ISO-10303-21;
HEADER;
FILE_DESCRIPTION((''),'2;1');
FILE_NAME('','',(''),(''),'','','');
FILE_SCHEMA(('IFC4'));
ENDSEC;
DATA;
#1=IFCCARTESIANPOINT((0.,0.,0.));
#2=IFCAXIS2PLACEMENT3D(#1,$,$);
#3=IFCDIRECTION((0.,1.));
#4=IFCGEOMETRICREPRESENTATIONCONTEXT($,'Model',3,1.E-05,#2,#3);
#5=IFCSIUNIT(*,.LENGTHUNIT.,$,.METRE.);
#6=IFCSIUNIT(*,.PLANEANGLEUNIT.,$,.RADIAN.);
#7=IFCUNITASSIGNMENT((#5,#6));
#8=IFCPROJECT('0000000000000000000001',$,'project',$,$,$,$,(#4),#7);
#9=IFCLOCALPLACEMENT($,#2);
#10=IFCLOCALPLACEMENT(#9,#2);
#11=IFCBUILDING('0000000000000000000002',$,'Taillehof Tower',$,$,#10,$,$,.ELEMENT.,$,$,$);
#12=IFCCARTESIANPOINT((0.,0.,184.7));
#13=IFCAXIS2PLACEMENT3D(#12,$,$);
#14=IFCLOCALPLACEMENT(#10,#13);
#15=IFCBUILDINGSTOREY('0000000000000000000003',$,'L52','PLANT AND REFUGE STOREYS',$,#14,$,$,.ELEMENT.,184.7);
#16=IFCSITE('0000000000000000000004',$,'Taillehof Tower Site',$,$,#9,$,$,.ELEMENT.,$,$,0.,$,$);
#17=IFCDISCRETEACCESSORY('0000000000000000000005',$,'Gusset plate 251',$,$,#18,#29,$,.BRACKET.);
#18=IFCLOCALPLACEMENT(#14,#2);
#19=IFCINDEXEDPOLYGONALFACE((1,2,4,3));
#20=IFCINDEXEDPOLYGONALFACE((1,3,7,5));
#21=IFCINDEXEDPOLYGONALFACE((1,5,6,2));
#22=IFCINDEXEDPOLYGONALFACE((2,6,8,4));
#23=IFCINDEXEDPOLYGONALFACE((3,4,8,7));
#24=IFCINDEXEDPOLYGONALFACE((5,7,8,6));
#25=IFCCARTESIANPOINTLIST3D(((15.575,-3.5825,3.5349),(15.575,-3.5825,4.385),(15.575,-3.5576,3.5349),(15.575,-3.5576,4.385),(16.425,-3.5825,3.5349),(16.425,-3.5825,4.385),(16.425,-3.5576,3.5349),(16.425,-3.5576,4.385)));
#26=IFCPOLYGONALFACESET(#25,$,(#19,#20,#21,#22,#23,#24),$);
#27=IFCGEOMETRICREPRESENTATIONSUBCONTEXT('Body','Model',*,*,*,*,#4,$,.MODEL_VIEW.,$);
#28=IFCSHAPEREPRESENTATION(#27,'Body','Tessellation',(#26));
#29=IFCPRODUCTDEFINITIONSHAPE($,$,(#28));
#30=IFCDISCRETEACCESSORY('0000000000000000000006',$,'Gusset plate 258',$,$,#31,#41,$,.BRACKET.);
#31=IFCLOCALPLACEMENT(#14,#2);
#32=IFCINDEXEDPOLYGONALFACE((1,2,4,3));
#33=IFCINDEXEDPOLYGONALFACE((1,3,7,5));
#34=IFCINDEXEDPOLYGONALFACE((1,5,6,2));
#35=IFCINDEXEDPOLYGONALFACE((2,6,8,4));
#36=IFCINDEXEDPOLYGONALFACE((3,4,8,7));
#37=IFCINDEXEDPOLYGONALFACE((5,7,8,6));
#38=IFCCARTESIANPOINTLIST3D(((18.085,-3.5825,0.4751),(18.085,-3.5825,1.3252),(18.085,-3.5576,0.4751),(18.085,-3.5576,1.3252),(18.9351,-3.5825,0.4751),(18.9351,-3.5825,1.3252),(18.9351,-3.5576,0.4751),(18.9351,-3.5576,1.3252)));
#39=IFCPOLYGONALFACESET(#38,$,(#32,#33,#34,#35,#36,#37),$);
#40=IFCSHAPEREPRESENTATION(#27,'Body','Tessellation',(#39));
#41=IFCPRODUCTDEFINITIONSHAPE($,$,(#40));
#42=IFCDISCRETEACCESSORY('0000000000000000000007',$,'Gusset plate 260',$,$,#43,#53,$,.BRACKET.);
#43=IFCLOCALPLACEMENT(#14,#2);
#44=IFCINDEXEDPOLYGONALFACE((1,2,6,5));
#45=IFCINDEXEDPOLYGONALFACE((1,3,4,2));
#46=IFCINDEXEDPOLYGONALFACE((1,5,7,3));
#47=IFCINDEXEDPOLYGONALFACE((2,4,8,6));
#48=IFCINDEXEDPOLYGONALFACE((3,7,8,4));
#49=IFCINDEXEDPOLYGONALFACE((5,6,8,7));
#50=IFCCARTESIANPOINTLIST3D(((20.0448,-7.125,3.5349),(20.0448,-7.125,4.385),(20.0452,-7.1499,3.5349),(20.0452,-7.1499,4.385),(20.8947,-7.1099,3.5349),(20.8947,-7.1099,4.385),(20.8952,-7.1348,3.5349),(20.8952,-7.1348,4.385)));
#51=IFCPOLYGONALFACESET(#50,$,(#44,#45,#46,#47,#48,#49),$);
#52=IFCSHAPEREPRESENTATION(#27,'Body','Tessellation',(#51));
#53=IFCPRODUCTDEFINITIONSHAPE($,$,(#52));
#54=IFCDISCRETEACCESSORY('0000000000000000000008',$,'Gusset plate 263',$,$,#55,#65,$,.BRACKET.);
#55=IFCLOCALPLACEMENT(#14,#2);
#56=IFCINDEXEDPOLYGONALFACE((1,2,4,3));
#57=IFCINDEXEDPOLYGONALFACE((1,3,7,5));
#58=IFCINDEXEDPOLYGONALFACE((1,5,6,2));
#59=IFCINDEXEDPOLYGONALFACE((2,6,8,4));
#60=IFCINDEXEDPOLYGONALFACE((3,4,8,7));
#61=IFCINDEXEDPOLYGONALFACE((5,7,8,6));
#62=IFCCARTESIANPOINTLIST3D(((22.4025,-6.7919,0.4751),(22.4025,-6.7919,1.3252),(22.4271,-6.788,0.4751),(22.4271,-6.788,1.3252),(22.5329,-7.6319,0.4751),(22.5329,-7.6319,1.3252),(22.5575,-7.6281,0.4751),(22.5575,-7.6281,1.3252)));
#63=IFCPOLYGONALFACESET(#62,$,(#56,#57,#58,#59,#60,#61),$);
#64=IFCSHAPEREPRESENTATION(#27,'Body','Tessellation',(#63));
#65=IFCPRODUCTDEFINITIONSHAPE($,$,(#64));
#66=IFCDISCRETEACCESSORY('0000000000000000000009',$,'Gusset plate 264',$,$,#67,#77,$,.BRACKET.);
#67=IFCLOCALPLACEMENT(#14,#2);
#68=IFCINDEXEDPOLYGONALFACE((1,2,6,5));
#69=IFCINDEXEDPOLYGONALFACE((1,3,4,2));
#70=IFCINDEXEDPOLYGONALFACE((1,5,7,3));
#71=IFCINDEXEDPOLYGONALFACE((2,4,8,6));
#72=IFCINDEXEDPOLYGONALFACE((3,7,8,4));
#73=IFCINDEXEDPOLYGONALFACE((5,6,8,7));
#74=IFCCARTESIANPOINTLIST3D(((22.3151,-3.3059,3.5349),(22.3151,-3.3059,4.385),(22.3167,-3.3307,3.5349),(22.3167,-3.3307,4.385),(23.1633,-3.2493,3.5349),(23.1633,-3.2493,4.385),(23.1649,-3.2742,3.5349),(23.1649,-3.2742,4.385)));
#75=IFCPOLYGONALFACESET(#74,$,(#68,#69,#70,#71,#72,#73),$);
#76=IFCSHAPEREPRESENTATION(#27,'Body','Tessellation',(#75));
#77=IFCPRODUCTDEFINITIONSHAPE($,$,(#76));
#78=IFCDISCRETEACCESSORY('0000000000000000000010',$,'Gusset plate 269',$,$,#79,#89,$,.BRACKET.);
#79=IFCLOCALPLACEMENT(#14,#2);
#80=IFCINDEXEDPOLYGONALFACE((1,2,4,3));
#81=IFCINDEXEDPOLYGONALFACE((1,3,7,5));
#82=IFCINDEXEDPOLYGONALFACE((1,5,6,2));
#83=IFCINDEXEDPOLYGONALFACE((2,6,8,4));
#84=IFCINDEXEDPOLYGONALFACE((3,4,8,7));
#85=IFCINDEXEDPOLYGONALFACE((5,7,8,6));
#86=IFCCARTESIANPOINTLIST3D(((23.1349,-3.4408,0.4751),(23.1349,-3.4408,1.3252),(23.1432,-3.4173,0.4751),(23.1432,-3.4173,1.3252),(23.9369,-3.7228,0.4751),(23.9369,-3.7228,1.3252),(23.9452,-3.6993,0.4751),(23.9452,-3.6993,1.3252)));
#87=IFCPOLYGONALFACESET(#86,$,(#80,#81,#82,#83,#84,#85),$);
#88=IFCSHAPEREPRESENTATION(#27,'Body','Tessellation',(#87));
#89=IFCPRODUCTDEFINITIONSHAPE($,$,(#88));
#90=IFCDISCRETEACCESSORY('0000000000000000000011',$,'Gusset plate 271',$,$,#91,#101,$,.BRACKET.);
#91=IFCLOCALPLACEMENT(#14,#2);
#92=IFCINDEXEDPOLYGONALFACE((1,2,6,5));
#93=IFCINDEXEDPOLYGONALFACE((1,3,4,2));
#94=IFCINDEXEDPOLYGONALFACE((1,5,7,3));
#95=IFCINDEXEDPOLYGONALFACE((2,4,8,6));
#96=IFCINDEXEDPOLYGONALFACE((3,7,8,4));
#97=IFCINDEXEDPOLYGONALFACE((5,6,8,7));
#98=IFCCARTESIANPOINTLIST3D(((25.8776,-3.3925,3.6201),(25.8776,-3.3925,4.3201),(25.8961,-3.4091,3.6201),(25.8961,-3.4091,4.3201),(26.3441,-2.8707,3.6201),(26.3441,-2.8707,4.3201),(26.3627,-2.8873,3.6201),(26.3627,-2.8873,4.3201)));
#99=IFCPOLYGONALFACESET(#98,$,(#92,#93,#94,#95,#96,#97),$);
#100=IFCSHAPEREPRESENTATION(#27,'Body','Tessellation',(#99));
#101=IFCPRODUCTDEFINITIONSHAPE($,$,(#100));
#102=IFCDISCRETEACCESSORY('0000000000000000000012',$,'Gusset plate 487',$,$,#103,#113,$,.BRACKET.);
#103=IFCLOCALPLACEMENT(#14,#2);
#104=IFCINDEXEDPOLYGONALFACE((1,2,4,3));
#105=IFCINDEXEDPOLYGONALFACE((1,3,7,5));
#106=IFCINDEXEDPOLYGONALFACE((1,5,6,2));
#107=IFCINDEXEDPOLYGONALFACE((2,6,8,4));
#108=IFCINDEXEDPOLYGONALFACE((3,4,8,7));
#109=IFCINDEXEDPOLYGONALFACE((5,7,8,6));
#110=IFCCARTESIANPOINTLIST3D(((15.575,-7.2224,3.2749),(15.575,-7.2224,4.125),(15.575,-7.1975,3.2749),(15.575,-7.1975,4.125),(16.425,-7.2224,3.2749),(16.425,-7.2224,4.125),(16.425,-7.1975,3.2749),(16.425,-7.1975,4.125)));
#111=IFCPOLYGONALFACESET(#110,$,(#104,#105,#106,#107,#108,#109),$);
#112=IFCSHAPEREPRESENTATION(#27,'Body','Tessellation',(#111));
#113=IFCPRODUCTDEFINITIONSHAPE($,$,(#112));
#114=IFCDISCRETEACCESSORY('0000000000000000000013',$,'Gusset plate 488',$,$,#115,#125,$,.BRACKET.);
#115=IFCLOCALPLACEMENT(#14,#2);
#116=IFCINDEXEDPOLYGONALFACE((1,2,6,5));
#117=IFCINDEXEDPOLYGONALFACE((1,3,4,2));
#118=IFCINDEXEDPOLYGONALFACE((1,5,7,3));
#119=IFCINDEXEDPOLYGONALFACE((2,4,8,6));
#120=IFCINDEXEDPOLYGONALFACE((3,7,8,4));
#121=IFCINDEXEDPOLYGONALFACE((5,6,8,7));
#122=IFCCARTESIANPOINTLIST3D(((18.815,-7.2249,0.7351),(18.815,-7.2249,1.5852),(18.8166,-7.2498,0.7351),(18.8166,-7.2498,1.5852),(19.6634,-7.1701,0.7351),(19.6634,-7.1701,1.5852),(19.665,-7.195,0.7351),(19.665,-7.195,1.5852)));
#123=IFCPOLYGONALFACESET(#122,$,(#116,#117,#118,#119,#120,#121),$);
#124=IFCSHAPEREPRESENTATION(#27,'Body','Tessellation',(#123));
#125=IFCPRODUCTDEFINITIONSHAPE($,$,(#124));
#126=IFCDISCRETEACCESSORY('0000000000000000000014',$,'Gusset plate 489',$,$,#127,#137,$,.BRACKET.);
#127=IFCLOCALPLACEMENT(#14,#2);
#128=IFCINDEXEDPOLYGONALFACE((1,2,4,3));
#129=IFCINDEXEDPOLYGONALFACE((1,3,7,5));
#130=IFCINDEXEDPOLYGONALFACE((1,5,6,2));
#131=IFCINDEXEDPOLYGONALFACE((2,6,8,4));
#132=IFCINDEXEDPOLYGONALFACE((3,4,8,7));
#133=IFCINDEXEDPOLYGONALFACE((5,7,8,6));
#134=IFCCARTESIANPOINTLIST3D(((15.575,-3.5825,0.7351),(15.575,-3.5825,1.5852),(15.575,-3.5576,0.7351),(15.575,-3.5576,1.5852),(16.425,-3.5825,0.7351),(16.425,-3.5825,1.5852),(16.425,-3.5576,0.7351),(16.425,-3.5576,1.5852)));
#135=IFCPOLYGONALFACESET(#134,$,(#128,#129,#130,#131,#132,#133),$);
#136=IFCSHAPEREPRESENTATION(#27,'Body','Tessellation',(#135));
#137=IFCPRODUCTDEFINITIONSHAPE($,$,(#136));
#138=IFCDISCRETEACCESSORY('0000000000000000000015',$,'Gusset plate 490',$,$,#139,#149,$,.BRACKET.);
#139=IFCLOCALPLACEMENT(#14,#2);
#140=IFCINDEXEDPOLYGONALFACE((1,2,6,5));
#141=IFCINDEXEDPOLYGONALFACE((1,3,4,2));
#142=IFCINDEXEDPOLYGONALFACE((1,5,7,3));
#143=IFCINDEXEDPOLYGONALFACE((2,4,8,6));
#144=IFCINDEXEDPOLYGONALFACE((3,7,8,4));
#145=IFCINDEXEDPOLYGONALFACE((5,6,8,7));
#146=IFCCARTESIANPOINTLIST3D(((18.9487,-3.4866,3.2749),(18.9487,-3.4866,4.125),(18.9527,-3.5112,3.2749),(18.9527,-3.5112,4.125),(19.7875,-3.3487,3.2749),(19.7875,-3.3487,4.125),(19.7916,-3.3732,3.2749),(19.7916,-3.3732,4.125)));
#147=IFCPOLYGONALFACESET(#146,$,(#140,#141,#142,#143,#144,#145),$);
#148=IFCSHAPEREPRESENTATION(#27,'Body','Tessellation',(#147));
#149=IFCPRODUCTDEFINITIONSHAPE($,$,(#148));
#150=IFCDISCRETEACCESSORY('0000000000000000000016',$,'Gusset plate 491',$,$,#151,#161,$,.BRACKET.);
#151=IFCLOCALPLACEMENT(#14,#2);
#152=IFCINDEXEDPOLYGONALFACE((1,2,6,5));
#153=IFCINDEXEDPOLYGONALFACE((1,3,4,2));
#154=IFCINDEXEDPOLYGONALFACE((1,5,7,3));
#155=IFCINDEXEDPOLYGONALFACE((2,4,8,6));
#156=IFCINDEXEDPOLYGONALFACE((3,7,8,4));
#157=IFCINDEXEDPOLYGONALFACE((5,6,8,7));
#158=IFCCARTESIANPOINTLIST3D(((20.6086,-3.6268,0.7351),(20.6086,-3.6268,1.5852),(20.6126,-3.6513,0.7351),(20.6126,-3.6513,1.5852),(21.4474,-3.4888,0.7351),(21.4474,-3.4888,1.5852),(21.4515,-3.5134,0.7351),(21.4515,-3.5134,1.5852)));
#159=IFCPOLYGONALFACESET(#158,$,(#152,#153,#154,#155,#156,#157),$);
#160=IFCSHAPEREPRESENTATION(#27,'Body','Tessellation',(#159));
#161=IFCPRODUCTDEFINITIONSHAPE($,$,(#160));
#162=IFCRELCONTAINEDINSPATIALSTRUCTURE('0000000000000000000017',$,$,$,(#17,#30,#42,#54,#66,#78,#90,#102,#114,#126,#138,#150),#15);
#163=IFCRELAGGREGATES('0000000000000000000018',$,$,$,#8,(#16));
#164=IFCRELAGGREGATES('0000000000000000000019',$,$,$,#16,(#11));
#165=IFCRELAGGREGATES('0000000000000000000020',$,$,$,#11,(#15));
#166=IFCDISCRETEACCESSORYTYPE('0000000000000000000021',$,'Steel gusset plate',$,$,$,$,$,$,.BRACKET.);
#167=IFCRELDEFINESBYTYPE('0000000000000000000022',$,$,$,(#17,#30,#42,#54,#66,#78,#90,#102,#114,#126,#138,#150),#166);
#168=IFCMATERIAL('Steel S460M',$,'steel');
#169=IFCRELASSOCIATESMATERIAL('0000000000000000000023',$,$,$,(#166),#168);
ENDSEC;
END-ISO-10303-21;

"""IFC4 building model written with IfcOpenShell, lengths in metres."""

from ifc_helpers import new_model, si_unit, direction, frame, origin, origin_2d, place, context, subcontext, project, spatial, rectangle, extrude, material, type_object, element, save


model = new_model("IFC4")

# Units and contexts
model_context = context("Model", 3, precision=1e-05, world=origin(), true_north=direction((0.0, 1.0)))
body_context = subcontext(model_context, "Body", "Model", "MODEL_VIEW")
ifc_project = project(units=[si_unit("LENGTHUNIT", "METRE"), si_unit("PLANEANGLEUNIT", "RADIAN")], contexts=[model_context])

# Site, building, storey
site_placement = place(None, origin())
site = spatial("IfcSite", under=ifc_project, at=site_placement, Name="Taillehof Tower Site", CompositionType="ELEMENT", RefElevation=0.0)
building_placement = place(site_placement, origin())
building = spatial("IfcBuilding", under=site, at=building_placement, Name="Taillehof Tower", CompositionType="ELEMENT")
storey_placement = place(building_placement, frame((0.0, 0.0, 184.7)))
storey = spatial("IfcBuildingStorey", under=building, at=storey_placement, Name="L52", Description="PLANT AND REFUGE STOREYS", CompositionType="ELEMENT", Elevation=184.7)

# Discrete accessories
ifc_material_1 = material(Name="Steel S460M", Category="steel")
discrete_accessory_type = type_object("IfcDiscreteAccessoryType", Name="Steel gusset plate", PredefinedType="BRACKET", material=ifc_material_1)
for number, where, z_axis, x_axis, name in (
    (1, (16.0, -3.5701, 3.5349), (0.0, 0.0, 1.0), (1.0, 0.0, 0.0), "Gusset plate 251"),
    (2, (18.51, -3.5701, 0.4751), (0.0, 0.0, 1.0), (1.0, 0.0, 0.0), "Gusset plate 258"),
    (3, (20.47, -7.1299, 3.5349), (0.0, 0.0, 1.0), (0.999843, 0.017725, 0.0), "Gusset plate 260"),
    (4, (22.48, -7.21, 0.4751), (0.0, 0.0, 1.0), (-0.1534, 0.988164, 0.0), "Gusset plate 263"),
    (5, (22.74, -3.29, 3.5349), (0.0, 0.0, 1.0), (0.997786, 0.066504, 0.0), "Gusset plate 264"),
    (6, (23.54, -3.5701, 0.4751), (0.0, 0.0, 1.0), (0.943376, -0.331726, 0.0), "Gusset plate 269"),
):
    element("IfcDiscreteAccessory", number, at=place(storey_placement, frame(where, z_axis=z_axis, x_axis=x_axis)), inside=storey, type_object=discrete_accessory_type, Name=name, PredefinedType="BRACKET", context=body_context, shape_type="SweptSolid", body=[
        extrude(rectangle(XDim=0.8501, YDim=0.0249, at=origin_2d()), origin(), (0.0, 0.0, 1.0), 0.8501),
    ])
discrete_accessory_placement = place(storey_placement, frame((26.1201, -3.1399, 3.6201), z_axis=(0.0, 0.0, 1.0), x_axis=(0.66654, 0.745469, 0.0)))
element("IfcDiscreteAccessory", 7, at=discrete_accessory_placement, inside=storey, type_object=discrete_accessory_type, Name="Gusset plate 271", PredefinedType="BRACKET", context=body_context, shape_type="SweptSolid", body=[
    extrude(rectangle(XDim=0.7, YDim=0.0249, at=origin_2d()), origin(), (0.0, 0.0, 1.0), 0.7),
])
for number, where, z_axis, x_axis, name in (
    (8, (16.0, -7.21, 3.2749), (0.0, 0.0, 1.0), (1.0, 0.0, 0.0), "Gusset plate 487"),
    (9, (19.24, -7.21, 0.7351), (0.0, 0.0, 1.0), (0.997922, 0.06444, 0.0), "Gusset plate 488"),
    (10, (16.0, -3.5701, 0.7351), (0.0, 0.0, 1.0), (1.0, 0.0, 0.0), "Gusset plate 489"),
    (11, (19.3701, -3.4299, 3.2749), (0.0, 0.0, 1.0), (0.986742, 0.162298, 0.0), "Gusset plate 490"),
    (12, (21.03, -3.5701, 0.7351), (0.0, 0.0, 1.0), (0.986742, 0.162298, 0.0), "Gusset plate 491"),
):
    element("IfcDiscreteAccessory", number, at=place(storey_placement, frame(where, z_axis=z_axis, x_axis=x_axis)), inside=storey, type_object=discrete_accessory_type, Name=name, PredefinedType="BRACKET", context=body_context, shape_type="SweptSolid", body=[
        extrude(rectangle(XDim=0.8501, YDim=0.0249, at=origin_2d()), origin(), (0.0, 0.0, 1.0), 0.8501),
    ])

save(model, "model.ifc")
